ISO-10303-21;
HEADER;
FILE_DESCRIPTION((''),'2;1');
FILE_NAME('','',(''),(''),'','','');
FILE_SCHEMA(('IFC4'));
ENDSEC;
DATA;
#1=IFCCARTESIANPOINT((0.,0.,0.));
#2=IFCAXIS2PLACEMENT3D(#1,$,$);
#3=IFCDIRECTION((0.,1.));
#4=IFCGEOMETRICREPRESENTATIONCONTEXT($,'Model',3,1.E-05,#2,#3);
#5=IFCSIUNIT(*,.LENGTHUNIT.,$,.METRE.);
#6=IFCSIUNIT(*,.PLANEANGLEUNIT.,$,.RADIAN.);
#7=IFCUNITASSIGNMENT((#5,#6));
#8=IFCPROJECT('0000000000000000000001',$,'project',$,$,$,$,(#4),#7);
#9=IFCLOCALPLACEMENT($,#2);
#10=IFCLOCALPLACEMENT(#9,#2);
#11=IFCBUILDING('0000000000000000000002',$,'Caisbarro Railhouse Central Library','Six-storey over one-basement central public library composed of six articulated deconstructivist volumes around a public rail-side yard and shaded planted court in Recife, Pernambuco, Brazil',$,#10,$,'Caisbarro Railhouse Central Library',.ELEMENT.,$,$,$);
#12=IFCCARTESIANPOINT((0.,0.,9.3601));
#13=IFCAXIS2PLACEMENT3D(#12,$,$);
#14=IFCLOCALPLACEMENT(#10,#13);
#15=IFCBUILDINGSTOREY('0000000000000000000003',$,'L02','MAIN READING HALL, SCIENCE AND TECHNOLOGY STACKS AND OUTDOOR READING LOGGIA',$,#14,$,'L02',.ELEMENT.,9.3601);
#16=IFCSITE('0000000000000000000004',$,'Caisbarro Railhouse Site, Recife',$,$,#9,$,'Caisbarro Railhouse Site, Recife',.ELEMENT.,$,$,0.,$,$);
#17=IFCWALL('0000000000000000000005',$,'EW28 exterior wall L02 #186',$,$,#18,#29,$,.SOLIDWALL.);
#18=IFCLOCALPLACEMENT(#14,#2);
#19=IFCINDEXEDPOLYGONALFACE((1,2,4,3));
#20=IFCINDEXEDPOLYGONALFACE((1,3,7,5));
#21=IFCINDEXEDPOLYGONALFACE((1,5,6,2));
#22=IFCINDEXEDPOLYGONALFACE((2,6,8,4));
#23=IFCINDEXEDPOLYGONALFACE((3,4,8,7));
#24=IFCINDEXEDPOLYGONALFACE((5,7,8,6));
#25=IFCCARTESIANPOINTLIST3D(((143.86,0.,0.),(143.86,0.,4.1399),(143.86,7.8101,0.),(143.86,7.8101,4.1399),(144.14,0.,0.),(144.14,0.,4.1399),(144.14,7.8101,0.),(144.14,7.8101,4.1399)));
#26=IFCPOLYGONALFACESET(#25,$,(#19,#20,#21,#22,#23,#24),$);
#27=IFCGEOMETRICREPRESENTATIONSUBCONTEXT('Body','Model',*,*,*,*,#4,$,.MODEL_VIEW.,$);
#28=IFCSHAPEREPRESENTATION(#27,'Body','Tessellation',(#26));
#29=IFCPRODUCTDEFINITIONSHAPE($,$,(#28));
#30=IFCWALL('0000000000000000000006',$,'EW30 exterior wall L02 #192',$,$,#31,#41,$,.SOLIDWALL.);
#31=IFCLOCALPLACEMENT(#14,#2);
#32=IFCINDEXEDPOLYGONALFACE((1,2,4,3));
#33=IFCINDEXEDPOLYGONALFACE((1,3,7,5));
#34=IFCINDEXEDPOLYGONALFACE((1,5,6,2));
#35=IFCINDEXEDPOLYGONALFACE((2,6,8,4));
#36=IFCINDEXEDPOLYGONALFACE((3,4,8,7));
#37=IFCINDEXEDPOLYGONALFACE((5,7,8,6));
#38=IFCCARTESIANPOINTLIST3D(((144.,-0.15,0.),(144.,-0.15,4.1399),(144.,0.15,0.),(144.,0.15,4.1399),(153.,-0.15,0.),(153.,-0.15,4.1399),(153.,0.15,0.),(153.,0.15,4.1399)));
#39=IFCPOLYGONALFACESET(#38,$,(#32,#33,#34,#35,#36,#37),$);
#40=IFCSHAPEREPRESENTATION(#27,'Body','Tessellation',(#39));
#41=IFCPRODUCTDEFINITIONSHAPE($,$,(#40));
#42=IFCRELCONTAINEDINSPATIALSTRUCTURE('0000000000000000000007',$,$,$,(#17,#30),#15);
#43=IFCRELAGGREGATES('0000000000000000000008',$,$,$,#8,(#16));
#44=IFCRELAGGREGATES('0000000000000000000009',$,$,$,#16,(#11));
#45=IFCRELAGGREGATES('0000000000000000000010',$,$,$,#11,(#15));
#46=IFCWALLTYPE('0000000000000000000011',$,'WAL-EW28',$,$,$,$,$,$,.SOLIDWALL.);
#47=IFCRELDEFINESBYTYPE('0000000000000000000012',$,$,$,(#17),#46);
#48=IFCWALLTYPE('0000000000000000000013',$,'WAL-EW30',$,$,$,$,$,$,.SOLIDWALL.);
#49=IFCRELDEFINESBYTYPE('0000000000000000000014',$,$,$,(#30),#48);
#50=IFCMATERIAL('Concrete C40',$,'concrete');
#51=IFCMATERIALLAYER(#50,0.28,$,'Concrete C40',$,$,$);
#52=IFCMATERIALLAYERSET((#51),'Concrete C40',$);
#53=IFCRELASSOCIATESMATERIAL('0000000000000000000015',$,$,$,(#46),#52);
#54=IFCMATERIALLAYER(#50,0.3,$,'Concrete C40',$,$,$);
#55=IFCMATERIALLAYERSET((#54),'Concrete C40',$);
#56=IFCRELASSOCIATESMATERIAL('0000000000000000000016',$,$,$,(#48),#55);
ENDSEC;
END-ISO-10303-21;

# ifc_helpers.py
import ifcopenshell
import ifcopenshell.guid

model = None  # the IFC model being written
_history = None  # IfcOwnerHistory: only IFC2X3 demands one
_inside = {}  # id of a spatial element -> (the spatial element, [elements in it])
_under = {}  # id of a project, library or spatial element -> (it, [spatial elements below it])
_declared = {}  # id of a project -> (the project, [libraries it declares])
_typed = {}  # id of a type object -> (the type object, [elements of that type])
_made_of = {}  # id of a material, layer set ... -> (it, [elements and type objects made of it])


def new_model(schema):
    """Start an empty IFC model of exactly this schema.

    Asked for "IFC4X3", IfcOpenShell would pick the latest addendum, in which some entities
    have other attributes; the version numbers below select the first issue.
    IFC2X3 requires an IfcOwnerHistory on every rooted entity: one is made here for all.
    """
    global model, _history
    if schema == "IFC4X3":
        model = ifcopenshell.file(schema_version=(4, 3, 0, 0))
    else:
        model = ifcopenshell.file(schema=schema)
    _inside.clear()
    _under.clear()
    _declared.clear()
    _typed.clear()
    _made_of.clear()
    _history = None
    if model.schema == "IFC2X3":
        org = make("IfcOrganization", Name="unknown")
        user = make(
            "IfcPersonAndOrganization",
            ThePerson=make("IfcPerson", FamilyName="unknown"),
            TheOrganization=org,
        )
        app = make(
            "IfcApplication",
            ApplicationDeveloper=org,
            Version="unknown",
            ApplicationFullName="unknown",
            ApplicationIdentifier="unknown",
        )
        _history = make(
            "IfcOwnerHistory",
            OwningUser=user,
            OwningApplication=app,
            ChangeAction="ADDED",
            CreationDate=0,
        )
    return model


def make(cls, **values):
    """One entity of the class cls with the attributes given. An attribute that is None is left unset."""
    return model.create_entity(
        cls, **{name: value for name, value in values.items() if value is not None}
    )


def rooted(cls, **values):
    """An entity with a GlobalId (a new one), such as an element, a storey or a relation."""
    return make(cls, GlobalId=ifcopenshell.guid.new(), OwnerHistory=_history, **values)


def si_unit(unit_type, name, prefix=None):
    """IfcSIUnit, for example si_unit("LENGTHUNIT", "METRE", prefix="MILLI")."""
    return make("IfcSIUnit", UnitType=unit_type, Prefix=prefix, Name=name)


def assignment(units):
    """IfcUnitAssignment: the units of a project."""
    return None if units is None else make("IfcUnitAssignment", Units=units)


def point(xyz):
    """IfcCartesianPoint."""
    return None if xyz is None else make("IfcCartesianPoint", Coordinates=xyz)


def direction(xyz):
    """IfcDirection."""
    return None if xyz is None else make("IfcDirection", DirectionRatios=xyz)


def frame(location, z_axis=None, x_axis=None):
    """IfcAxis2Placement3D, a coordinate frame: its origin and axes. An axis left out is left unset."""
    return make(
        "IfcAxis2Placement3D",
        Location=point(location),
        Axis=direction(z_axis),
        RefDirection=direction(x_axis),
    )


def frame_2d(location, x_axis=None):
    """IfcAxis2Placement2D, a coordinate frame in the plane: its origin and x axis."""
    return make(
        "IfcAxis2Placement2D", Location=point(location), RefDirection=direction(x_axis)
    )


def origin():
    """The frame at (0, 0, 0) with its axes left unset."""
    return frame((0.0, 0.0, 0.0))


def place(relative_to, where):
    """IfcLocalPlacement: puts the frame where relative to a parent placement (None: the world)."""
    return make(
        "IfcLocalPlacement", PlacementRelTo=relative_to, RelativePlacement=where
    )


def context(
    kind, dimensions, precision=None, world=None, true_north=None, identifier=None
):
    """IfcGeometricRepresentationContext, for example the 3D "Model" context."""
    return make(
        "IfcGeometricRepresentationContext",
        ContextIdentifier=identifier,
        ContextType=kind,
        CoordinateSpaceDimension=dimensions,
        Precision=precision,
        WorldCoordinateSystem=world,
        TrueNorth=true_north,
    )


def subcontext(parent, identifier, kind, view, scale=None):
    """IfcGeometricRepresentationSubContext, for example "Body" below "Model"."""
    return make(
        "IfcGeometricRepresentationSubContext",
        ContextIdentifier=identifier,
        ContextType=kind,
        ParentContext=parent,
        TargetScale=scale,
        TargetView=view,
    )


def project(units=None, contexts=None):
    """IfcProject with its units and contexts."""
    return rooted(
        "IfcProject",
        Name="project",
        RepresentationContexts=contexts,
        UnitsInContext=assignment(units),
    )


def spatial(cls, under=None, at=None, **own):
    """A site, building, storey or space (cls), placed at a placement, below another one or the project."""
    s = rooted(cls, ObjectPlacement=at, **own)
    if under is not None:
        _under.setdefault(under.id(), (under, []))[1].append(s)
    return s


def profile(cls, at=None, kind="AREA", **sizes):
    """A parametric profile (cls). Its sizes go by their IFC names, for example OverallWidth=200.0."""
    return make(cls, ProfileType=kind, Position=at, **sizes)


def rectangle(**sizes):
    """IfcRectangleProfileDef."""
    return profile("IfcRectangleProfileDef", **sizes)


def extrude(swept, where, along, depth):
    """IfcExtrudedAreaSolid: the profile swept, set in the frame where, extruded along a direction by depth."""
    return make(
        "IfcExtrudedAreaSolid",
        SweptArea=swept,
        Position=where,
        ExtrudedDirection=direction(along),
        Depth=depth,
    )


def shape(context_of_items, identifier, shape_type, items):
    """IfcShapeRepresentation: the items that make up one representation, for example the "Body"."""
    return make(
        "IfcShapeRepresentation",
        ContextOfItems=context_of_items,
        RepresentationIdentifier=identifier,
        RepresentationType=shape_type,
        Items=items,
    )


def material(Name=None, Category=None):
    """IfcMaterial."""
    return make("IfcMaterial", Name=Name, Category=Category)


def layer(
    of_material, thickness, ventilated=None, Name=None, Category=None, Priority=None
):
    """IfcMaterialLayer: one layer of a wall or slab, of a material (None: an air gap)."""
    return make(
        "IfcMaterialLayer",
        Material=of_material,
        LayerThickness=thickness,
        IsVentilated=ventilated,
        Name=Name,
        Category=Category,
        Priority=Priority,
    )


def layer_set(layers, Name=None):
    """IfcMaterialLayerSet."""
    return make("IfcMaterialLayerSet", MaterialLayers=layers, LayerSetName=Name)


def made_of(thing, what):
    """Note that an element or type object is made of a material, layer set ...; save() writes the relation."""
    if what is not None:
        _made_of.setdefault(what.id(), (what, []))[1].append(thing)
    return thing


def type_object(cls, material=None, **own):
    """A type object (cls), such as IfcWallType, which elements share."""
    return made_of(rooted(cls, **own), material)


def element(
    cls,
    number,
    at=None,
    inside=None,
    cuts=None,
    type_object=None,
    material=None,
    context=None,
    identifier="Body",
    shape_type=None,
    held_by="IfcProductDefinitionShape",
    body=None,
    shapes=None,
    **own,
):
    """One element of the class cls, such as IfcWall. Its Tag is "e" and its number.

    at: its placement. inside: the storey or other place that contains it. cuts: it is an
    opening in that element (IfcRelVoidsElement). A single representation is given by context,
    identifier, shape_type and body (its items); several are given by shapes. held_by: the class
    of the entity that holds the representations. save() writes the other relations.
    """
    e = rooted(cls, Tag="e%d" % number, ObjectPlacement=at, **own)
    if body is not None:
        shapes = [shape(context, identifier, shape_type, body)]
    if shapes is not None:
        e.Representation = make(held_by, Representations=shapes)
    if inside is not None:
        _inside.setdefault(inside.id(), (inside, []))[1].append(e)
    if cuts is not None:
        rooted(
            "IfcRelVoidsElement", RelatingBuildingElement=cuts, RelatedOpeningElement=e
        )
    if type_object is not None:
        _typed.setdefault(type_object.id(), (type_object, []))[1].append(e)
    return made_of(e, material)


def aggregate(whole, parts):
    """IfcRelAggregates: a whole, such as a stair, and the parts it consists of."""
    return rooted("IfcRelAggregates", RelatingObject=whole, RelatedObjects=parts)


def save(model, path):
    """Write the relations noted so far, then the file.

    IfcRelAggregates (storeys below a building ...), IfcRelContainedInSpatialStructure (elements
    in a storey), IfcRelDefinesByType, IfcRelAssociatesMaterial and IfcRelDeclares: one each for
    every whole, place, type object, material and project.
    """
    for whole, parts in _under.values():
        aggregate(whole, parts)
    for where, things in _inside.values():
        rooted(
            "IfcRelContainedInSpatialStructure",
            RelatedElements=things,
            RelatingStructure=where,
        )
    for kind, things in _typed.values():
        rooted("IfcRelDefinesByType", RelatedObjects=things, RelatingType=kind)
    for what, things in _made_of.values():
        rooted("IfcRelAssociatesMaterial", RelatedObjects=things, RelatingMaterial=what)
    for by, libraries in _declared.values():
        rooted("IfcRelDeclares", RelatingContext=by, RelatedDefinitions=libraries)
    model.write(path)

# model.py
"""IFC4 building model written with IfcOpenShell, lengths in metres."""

from ifc_helpers import new_model, si_unit, direction, frame, frame_2d, origin, place, context, subcontext, project, spatial, rectangle, extrude, material, layer, layer_set, type_object, element, save


model = new_model("IFC4")

# Units and contexts
model_context = context("Model", 3, precision=1e-05, world=origin(), true_north=direction((0.0, 1.0)))
body_context = subcontext(model_context, "Body", "Model", "MODEL_VIEW")
ifc_project = project(units=[si_unit("LENGTHUNIT", "METRE"), si_unit("PLANEANGLEUNIT", "RADIAN")], contexts=[model_context])

# Site, building, storey
site_placement = place(None, origin())
site = spatial("IfcSite", under=ifc_project, at=site_placement, Name="Caisbarro Railhouse Site, Recife", LongName="Caisbarro Railhouse Site, Recife", CompositionType="ELEMENT", RefElevation=0.0)
building_placement = place(site_placement, origin())
building = spatial("IfcBuilding", under=site, at=building_placement, Name="Caisbarro Railhouse Central Library", Description="Six-storey over one-basement central public library composed of six articulated deconstructivist volumes around a public rail-side yard and shaded planted court in Recife, Pernambuco, Brazil", LongName="Caisbarro Railhouse Central Library", CompositionType="ELEMENT")
storey_placement = place(building_placement, frame((0.0, 0.0, 9.3601)))
storey = spatial("IfcBuildingStorey", under=building, at=storey_placement, Name="L02", Description="MAIN READING HALL, SCIENCE AND TECHNOLOGY STACKS AND OUTDOOR READING LOGGIA", LongName="L02", CompositionType="ELEMENT", Elevation=9.3601)

# Walls
ifc_material_1 = material(Name="Concrete C40", Category="concrete")
ifc_layer_1 = layer(ifc_material_1, 0.28, Name="Concrete C40")
ifc_layer_set_1 = layer_set([ifc_layer_1], Name="Concrete C40")
wall_type_1 = type_object("IfcWallType", Name="WAL-EW28", PredefinedType="SOLIDWALL", material=ifc_layer_set_1)
wall_1_placement = place(storey_placement, frame((144.0, 0.0, 0.0), z_axis=(0.0, 0.0, 1.0), x_axis=(0.0, 1.0, 0.0)))
element("IfcWall", 1, at=wall_1_placement, inside=storey, type_object=wall_type_1, Name="EW28 exterior wall L02 #186", PredefinedType="SOLIDWALL", context=body_context, shape_type="SweptSolid", body=[
    extrude(rectangle(XDim=7.8101, YDim=0.28, at=frame_2d((3.905, 0.0))), origin(), (0.0, 0.0, 1.0), 4.1399),
])
ifc_layer_2 = layer(ifc_material_1, 0.3, Name="Concrete C40")
ifc_layer_set_2 = layer_set([ifc_layer_2], Name="Concrete C40")
wall_type_2 = type_object("IfcWallType", Name="WAL-EW30", PredefinedType="SOLIDWALL", material=ifc_layer_set_2)
wall_2_placement = place(storey_placement, frame((144.0, 0.0, 0.0), z_axis=(0.0, 0.0, 1.0), x_axis=(1.0, 0.0, 0.0)))
element("IfcWall", 2, at=wall_2_placement, inside=storey, type_object=wall_type_2, Name="EW30 exterior wall L02 #192", PredefinedType="SOLIDWALL", context=body_context, shape_type="SweptSolid", body=[
    extrude(rectangle(XDim=9.0, YDim=0.3, at=frame_2d((4.5, 0.0))), origin(), (0.0, 0.0, 1.0), 4.1399),
])

save(model, "model.ifc")
